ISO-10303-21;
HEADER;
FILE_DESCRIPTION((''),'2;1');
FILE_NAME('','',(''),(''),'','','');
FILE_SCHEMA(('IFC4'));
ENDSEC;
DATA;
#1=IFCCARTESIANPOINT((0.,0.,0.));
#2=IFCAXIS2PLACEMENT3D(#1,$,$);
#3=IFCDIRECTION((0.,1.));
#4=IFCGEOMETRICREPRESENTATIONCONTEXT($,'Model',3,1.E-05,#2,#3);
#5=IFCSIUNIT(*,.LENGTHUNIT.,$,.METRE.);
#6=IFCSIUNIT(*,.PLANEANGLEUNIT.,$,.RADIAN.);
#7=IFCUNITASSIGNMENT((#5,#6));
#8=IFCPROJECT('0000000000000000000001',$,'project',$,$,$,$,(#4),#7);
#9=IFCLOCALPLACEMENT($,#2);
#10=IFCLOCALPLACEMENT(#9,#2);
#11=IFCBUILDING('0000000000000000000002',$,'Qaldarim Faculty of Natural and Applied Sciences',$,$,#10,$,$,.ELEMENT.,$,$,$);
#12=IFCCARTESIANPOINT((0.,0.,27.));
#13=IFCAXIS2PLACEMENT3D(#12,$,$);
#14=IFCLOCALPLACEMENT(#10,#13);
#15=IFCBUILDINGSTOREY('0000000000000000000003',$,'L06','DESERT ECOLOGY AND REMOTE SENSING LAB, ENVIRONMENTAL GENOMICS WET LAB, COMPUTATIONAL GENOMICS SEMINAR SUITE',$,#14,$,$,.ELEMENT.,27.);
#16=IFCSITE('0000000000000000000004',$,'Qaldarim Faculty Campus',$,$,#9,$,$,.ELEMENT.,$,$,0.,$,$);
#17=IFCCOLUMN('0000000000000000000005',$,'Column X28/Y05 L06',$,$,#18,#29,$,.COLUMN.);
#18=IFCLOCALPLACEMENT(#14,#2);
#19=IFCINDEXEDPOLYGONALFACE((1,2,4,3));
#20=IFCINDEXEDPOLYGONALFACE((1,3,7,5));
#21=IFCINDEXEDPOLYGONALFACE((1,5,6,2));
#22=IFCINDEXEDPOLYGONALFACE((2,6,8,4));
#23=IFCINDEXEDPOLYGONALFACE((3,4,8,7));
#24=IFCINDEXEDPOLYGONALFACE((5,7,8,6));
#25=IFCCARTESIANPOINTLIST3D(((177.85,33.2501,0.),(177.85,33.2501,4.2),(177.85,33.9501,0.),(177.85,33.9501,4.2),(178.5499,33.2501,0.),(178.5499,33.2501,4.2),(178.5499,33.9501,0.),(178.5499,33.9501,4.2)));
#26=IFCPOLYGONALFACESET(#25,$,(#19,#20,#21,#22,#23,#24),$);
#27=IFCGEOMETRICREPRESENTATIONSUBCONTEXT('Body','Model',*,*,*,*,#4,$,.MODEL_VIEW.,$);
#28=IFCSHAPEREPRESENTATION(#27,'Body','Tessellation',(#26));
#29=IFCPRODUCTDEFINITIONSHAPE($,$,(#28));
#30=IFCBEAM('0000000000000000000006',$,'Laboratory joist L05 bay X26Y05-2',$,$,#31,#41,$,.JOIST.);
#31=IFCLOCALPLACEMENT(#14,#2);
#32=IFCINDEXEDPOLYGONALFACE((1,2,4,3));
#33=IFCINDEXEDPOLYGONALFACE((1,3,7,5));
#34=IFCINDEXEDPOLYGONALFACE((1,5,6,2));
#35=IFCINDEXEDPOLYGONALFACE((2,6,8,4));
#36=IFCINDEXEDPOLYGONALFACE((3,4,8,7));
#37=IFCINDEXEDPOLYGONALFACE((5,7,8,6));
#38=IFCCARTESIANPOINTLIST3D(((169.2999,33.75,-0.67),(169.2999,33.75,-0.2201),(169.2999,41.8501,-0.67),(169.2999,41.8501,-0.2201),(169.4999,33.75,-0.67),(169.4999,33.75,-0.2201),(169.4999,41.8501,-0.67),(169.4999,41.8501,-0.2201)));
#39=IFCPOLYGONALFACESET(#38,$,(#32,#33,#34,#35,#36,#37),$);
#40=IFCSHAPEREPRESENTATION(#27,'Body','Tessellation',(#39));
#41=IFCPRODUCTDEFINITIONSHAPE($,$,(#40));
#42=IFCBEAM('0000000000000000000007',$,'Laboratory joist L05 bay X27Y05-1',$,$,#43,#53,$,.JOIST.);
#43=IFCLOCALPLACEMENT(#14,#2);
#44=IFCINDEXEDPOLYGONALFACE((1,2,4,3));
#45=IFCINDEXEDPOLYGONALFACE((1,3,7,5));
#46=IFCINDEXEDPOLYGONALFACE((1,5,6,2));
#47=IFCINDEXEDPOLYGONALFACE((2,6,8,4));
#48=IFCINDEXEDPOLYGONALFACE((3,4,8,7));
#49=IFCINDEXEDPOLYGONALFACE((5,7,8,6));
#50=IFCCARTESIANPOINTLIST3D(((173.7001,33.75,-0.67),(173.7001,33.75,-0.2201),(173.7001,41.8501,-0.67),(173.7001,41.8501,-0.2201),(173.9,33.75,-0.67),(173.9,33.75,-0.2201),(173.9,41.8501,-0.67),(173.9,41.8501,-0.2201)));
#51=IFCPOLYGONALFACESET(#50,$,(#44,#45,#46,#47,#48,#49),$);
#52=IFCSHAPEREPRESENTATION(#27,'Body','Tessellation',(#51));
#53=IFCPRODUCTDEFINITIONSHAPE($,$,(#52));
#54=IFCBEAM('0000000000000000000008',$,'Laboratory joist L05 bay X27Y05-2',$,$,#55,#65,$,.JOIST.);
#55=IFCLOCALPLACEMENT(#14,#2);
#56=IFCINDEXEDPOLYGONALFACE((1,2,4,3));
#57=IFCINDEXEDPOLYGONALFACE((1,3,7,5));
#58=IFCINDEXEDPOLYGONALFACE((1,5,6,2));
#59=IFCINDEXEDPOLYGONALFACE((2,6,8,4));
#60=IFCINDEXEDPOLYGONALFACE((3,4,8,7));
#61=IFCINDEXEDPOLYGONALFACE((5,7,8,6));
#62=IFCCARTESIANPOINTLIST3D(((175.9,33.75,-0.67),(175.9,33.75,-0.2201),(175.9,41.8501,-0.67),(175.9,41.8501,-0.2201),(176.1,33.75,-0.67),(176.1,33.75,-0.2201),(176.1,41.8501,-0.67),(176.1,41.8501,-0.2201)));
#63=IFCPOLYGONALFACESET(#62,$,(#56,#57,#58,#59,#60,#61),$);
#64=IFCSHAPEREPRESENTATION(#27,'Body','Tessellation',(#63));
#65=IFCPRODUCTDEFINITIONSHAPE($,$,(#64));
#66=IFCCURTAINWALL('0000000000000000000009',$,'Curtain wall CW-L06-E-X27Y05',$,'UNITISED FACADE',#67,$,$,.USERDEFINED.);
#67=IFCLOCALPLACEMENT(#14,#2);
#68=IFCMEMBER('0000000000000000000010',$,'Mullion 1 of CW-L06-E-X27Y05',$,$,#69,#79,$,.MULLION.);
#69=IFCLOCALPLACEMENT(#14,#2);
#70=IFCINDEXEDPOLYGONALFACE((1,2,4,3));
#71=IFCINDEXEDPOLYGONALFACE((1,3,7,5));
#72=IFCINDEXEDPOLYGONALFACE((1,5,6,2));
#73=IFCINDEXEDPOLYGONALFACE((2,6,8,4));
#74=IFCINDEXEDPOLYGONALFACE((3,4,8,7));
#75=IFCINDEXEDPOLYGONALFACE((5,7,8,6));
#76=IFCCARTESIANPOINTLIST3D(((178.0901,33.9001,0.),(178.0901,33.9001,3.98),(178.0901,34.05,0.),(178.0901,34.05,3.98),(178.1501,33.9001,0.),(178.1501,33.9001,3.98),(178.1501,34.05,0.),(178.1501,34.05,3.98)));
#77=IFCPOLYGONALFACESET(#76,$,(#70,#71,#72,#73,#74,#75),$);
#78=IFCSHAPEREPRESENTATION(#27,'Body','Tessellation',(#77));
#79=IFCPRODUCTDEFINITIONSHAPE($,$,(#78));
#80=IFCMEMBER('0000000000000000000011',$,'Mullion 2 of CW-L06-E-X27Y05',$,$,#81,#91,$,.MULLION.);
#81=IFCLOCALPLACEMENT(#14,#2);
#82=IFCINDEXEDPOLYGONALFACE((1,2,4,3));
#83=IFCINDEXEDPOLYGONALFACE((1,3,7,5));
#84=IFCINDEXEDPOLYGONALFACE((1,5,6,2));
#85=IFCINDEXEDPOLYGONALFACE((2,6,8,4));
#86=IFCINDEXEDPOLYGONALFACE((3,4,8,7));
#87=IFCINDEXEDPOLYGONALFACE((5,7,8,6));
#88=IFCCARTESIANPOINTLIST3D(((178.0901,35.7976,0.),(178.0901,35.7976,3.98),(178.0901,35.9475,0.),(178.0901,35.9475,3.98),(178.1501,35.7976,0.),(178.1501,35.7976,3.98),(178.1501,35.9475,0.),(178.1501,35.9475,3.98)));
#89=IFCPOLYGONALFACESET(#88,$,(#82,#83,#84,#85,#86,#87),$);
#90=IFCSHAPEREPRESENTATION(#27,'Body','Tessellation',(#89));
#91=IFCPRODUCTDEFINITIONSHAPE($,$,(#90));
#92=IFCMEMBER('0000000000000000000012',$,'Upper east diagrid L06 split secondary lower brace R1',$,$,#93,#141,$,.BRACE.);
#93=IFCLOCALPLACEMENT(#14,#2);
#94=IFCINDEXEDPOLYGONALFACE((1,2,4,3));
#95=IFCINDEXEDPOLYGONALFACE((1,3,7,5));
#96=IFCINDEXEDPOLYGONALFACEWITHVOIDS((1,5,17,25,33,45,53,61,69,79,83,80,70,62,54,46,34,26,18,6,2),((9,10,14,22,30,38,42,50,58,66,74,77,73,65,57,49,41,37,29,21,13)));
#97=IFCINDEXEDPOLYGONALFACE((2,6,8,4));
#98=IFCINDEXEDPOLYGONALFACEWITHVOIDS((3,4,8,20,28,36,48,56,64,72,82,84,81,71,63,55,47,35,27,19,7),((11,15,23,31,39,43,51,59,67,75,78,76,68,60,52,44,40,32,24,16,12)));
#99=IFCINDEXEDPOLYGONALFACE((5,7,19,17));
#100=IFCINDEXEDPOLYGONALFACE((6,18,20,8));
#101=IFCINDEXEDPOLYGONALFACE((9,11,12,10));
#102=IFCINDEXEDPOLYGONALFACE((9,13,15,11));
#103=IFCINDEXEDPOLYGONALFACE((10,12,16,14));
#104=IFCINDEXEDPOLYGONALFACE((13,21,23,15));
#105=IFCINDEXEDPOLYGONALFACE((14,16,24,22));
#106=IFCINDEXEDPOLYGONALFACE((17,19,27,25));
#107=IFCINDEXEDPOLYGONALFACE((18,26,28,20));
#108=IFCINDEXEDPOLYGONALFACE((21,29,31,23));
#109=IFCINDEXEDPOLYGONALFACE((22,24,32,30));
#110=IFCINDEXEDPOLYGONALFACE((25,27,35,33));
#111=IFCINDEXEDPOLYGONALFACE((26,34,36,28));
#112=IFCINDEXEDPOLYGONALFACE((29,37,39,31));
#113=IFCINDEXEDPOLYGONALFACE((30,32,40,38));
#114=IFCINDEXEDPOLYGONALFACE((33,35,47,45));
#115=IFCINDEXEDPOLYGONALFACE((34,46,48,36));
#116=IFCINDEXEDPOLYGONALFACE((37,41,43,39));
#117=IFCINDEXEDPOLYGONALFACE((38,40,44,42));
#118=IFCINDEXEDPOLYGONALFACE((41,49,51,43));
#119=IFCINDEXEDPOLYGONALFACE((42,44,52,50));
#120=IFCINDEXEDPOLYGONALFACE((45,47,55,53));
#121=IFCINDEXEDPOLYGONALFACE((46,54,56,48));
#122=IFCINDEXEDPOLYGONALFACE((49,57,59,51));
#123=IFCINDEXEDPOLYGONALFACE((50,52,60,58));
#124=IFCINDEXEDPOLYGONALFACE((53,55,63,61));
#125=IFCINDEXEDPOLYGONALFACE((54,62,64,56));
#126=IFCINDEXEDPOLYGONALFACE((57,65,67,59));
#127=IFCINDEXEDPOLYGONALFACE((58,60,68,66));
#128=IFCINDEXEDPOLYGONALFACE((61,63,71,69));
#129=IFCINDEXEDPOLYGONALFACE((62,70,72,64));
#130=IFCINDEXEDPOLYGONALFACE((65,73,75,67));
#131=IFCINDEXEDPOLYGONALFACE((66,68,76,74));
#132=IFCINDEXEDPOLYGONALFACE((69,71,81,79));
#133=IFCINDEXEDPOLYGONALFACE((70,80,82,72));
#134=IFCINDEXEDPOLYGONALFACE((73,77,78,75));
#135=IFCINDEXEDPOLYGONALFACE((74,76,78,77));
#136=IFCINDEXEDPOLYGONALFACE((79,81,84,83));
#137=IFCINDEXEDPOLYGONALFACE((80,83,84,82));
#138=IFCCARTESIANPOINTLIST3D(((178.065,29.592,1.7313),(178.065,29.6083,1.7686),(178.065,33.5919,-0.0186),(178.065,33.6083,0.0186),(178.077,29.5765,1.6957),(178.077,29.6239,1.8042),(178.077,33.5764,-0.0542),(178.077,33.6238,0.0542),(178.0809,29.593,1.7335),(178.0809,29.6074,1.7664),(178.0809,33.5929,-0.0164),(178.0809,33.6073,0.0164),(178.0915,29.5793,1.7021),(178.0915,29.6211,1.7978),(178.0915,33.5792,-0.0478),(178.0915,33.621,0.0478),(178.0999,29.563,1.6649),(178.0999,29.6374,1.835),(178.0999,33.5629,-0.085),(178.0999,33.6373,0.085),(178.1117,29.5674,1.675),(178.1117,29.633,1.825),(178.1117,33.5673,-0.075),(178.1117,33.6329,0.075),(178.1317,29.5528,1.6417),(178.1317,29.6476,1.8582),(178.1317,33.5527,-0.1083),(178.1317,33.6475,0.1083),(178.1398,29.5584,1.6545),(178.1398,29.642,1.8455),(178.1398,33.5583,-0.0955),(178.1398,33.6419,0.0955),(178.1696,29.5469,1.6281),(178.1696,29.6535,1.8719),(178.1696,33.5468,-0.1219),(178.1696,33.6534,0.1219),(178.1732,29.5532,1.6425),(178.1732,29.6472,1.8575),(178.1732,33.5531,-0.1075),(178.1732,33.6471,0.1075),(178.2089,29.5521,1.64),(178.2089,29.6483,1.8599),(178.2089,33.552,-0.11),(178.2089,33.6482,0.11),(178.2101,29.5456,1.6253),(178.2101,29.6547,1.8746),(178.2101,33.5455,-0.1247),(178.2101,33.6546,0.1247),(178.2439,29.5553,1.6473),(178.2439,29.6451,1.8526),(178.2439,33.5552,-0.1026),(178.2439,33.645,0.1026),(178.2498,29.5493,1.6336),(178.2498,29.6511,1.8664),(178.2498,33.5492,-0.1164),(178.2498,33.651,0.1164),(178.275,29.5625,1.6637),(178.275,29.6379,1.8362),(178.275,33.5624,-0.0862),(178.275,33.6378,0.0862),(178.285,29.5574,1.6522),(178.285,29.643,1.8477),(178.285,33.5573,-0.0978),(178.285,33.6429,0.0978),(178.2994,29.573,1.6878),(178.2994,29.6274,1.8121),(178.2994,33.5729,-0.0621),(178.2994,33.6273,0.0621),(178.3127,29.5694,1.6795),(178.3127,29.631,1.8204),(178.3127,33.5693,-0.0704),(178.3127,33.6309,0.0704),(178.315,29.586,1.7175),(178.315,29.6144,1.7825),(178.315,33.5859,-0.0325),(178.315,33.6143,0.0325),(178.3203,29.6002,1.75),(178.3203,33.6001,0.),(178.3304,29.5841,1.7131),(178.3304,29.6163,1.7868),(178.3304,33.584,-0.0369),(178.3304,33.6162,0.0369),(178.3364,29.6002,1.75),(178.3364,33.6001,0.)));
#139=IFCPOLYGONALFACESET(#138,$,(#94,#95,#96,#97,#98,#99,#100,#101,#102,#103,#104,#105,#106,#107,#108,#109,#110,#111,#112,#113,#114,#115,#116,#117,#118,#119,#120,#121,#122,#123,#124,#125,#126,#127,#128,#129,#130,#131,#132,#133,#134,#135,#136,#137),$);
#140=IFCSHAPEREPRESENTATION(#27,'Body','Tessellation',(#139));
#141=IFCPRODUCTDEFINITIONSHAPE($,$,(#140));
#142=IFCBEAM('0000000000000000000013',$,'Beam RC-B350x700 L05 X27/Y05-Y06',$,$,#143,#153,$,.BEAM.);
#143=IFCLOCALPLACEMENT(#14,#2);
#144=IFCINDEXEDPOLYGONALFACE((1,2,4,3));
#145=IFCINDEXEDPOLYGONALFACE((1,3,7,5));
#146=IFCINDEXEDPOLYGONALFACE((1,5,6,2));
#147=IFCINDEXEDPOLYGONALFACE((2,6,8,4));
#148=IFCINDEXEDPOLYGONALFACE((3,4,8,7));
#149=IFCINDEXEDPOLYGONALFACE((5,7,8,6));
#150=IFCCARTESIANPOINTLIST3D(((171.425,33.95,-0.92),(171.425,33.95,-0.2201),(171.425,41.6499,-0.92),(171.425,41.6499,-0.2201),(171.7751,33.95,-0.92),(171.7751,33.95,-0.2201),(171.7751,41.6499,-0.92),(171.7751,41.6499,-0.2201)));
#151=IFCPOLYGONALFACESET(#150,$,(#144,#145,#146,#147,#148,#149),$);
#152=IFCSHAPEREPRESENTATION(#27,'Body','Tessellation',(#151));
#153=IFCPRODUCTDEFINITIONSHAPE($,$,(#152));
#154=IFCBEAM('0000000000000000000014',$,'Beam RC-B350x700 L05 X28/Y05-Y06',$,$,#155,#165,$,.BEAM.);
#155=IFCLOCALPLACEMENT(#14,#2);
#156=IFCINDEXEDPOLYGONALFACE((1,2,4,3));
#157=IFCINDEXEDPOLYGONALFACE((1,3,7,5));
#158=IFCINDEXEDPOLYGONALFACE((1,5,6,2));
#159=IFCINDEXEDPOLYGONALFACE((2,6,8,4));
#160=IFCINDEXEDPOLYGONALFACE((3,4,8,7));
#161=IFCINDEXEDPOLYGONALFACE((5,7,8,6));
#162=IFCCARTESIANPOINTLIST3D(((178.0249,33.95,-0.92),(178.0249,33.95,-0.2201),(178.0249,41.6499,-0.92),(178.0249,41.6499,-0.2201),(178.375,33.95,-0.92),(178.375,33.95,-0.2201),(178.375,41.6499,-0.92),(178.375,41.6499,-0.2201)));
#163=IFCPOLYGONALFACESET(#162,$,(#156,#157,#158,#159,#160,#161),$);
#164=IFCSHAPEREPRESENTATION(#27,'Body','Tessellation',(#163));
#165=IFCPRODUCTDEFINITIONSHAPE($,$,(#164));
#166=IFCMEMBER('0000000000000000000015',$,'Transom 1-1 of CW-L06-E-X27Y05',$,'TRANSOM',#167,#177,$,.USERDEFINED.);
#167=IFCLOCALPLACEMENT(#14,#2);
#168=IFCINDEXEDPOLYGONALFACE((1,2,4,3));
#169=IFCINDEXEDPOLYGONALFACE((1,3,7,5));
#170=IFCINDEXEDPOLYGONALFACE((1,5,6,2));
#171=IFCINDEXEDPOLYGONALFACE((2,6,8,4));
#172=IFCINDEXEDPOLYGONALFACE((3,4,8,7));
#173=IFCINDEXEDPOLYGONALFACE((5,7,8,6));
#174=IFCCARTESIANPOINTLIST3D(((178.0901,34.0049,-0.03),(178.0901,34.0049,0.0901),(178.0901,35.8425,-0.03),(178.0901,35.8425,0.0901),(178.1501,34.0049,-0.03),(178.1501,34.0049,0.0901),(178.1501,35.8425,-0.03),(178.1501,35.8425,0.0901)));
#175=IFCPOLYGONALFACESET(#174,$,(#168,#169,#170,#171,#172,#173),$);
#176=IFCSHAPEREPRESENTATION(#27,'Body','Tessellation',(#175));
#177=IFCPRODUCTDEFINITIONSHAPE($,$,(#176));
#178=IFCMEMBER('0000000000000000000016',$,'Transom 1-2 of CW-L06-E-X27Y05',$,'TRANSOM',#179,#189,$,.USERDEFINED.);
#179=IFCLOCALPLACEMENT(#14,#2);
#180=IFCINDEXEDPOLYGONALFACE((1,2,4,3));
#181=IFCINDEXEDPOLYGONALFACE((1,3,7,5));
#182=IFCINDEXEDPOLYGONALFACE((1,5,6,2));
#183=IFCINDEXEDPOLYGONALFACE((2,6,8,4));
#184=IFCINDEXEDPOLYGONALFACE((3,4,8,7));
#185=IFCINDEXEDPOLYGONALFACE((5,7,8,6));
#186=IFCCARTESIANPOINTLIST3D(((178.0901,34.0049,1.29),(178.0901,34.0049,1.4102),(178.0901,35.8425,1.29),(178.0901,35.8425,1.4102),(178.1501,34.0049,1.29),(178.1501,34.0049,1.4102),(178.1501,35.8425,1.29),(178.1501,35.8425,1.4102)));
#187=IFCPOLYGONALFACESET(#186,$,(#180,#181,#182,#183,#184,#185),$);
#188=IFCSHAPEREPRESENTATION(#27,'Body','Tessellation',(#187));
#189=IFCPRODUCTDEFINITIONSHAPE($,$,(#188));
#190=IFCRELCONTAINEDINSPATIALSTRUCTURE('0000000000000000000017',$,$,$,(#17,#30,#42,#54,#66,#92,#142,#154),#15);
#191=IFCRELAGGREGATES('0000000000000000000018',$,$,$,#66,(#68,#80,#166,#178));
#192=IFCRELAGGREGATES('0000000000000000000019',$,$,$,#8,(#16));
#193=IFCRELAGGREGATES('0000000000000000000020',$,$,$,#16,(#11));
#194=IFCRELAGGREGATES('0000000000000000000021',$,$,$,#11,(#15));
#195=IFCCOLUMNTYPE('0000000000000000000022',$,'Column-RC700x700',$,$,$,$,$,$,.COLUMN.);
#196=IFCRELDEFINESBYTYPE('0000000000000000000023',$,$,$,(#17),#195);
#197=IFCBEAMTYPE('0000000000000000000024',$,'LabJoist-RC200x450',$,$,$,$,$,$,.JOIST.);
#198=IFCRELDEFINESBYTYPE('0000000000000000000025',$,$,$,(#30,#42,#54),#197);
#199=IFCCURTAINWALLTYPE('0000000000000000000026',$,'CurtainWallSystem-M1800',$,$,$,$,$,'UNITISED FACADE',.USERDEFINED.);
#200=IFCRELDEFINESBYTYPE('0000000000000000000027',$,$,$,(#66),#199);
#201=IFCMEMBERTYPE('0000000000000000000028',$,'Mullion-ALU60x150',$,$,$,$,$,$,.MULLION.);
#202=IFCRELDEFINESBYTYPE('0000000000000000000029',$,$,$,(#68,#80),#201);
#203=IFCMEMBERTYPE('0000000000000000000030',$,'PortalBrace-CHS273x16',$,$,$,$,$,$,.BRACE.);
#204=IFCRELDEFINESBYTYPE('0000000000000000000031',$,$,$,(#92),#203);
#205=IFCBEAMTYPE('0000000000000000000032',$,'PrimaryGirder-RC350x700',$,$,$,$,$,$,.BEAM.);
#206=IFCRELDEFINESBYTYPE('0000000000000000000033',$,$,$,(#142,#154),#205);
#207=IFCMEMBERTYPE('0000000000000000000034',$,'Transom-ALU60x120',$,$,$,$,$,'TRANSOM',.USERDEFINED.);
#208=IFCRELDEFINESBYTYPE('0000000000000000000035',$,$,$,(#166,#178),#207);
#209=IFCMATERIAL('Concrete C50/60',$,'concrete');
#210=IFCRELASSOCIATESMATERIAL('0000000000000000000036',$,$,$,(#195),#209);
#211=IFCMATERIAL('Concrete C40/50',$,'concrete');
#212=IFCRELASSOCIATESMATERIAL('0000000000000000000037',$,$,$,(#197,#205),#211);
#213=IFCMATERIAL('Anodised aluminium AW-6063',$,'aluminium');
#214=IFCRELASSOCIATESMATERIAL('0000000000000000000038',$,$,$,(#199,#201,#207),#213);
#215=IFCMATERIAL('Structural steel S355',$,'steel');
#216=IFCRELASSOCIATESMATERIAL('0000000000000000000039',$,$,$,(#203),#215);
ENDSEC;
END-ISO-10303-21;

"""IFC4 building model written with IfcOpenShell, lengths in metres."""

from ifc_helpers import new_model, si_unit, direction, frame, origin, origin_2d, place, context, subcontext, project, spatial, rectangle, hollow_circle, extrude, material, material_profile, profile_set, type_object, element, aggregate, save


model = new_model("IFC4")

# Units and contexts
model_context = context("Model", 3, precision=1e-05, world=origin(), true_north=direction((0.0, 1.0)))
body_context = subcontext(model_context, "Body", "Model", "MODEL_VIEW")
ifc_project = project(units=[si_unit("LENGTHUNIT", "METRE"), si_unit("PLANEANGLEUNIT", "RADIAN")], contexts=[model_context])

# Site, building, storey
site_placement = place(None, origin())
site = spatial("IfcSite", under=ifc_project, at=site_placement, Name="Qaldarim Faculty Campus", CompositionType="ELEMENT", RefElevation=0.0)
building_placement = place(site_placement, origin())
building = spatial("IfcBuilding", under=site, at=building_placement, Name="Qaldarim Faculty of Natural and Applied Sciences", CompositionType="ELEMENT")
storey_placement = place(building_placement, frame((0.0, 0.0, 27.0)))
storey = spatial("IfcBuildingStorey", under=building, at=storey_placement, Name="L06", Description="DESERT ECOLOGY AND REMOTE SENSING LAB, ENVIRONMENTAL GENOMICS WET LAB, COMPUTATIONAL GENOMICS SEMINAR SUITE", CompositionType="ELEMENT", Elevation=27.0)

# Column
ifc_material_1 = material(Name="Concrete C50/60", Category="concrete")
ifc_material_profile_1 = material_profile(ifc_material_1, rectangle(XDim=0.7, YDim=0.7, at=origin_2d()), Name="RC-C700x700")
ifc_profile_set_1 = profile_set([ifc_material_profile_1], Name="Concrete C50/60")
column_type = type_object("IfcColumnType", Name="Column-RC700x700", PredefinedType="COLUMN", material=ifc_profile_set_1)
column_placement = place(storey_placement, frame((178.2, 33.6001, 0.0), z_axis=(0.0, 0.0, 1.0), x_axis=(1.0, 0.0, 0.0)))
element("IfcColumn", 1, at=column_placement, inside=storey, type_object=column_type, Name="Column X28/Y05 L06", PredefinedType="COLUMN", context=body_context, shape_type="SweptSolid", body=[
    extrude(rectangle(XDim=0.7, YDim=0.7, at=origin_2d()), origin(), (0.0, 0.0, 1.0), 4.2),
])

# Beams
ifc_material_2 = material(Name="Concrete C40/50", Category="concrete")
ifc_material_profile_2 = material_profile(ifc_material_2, rectangle(XDim=0.2, YDim=0.45, at=origin_2d()), Name="RC-J200x450")
ifc_profile_set_2 = profile_set([ifc_material_profile_2], Name="Concrete C40/50")
beam_type_1 = type_object("IfcBeamType", Name="LabJoist-RC200x450", PredefinedType="JOIST", material=ifc_profile_set_2)
for number, where, z_axis, x_axis, name in (
    (2, (169.3999, 33.75, -0.4451), (0.0, 1.0, 0.0), (-1.0, 0.0, 0.0), "Laboratory joist L05 bay X26Y05-2"),
    (3, (173.8, 33.75, -0.4451), (0.0, 1.0, 0.0), (-1.0, 0.0, 0.0), "Laboratory joist L05 bay X27Y05-1"),
    (4, (176.0, 33.75, -0.4451), (0.0, 1.0, 0.0), (-1.0, 0.0, 0.0), "Laboratory joist L05 bay X27Y05-2"),
):
    element("IfcBeam", number, at=place(storey_placement, frame(where, z_axis=z_axis, x_axis=x_axis)), inside=storey, type_object=beam_type_1, Name=name, PredefinedType="JOIST", context=body_context, shape_type="SweptSolid", body=[
        extrude(rectangle(XDim=0.2, YDim=0.45, at=origin_2d()), origin(), (0.0, 0.0, 1.0), 8.1001),
    ])

# Curtain wall, members
ifc_material_3 = material(Name="Anodised aluminium AW-6063", Category="aluminium")
curtain_wall_type = type_object("IfcCurtainWallType", Name="CurtainWallSystem-M1800", ElementType="UNITISED FACADE", PredefinedType="USERDEFINED", material=ifc_material_3)
curtain_wall_placement = place(storey_placement, origin())
curtain_wall = element("IfcCurtainWall", 5, at=curtain_wall_placement, inside=storey, type_object=curtain_wall_type, Name="Curtain wall CW-L06-E-X27Y05", ObjectType="UNITISED FACADE", PredefinedType="USERDEFINED")
ifc_material_profile_3 = material_profile(ifc_material_3, rectangle(XDim=0.0601, YDim=0.1499, at=origin_2d()), Name="ALU-M60x150")
ifc_profile_set_3 = profile_set([ifc_material_profile_3], Name="Anodised aluminium AW-6063")
member_type_1 = type_object("IfcMemberType", Name="Mullion-ALU60x150", PredefinedType="MULLION", material=ifc_profile_set_3)
member_1_placement = place(storey_placement, frame((178.1201, 33.9751, 0.0), z_axis=(0.0, 0.0, 1.0), x_axis=(-1.0, 0.0, 0.0)))
member_1 = element("IfcMember", 6, at=member_1_placement, type_object=member_type_1, Name="Mullion 1 of CW-L06-E-X27Y05", PredefinedType="MULLION", context=body_context, shape_type="SweptSolid", body=[
    extrude(rectangle(XDim=0.0601, YDim=0.1499, at=origin_2d()), origin(), (0.0, 0.0, 1.0), 3.98),
])
member_2_placement = place(storey_placement, frame((178.1201, 35.8726, 0.0), z_axis=(0.0, 0.0, 1.0), x_axis=(-1.0, 0.0, 0.0)))
member_2 = element("IfcMember", 7, at=member_2_placement, type_object=member_type_1, Name="Mullion 2 of CW-L06-E-X27Y05", PredefinedType="MULLION", context=body_context, shape_type="SweptSolid", body=[
    extrude(rectangle(XDim=0.0601, YDim=0.1499, at=origin_2d()), origin(), (0.0, 0.0, 1.0), 3.98),
])

# Member
ifc_material_4 = material(Name="Structural steel S355", Category="steel")
ifc_material_profile_4 = material_profile(ifc_material_4, hollow_circle(Radius=0.1365, WallThickness=0.0161, at=origin_2d()), Name="CHS 273.0x16.0")
ifc_profile_set_4 = profile_set([ifc_material_profile_4], Name="Structural steel S355")
member_type_2 = type_object("IfcMemberType", Name="PortalBrace-CHS273x16", PredefinedType="BRACE", material=ifc_profile_set_4)
member_3_placement = place(storey_placement, frame((178.2, 33.6001, 0.0), z_axis=(0.0, -0.916157, 0.400819), x_axis=(1.0, 0.0, 0.0)))
element("IfcMember", 8, at=member_3_placement, inside=storey, type_object=member_type_2, Name="Upper east diagrid L06 split secondary lower brace R1", PredefinedType="BRACE", context=body_context, shape_type="SweptSolid", body=[
    extrude(hollow_circle(Radius=0.1365, WallThickness=0.0161, at=origin_2d()), origin(), (0.0, 0.0, 1.0), 4.366),
])

# Beams
ifc_material_profile_5 = material_profile(ifc_material_2, rectangle(XDim=0.3501, YDim=0.7, at=origin_2d()), Name="RC-B350x700")
ifc_profile_set_5 = profile_set([ifc_material_profile_5], Name="Concrete C40/50")
beam_type_2 = type_object("IfcBeamType", Name="PrimaryGirder-RC350x700", PredefinedType="BEAM", material=ifc_profile_set_5)
for number, where, z_axis, x_axis, name in (
    (9, (171.6001, 33.95, -0.5701), (0.0, 1.0, 0.0), (-1.0, 0.0, 0.0), "Beam RC-B350x700 L05 X27/Y05-Y06"),
    (10, (178.2, 33.95, -0.5701), (0.0, 1.0, 0.0), (-1.0, 0.0, 0.0), "Beam RC-B350x700 L05 X28/Y05-Y06"),
):
    element("IfcBeam", number, at=place(storey_placement, frame(where, z_axis=z_axis, x_axis=x_axis)), inside=storey, type_object=beam_type_2, Name=name, PredefinedType="BEAM", context=body_context, shape_type="SweptSolid", body=[
        extrude(rectangle(XDim=0.3501, YDim=0.7, at=origin_2d()), origin(), (0.0, 0.0, 1.0), 7.7),
    ])

# Members
ifc_material_profile_6 = material_profile(ifc_material_3, rectangle(XDim=0.0601, YDim=0.1201, at=origin_2d()), Name="ALU-T60x120")
ifc_profile_set_6 = profile_set([ifc_material_profile_6], Name="Anodised aluminium AW-6063")
member_type_3 = type_object("IfcMemberType", Name="Transom-ALU60x120", ElementType="TRANSOM", PredefinedType="USERDEFINED", material=ifc_profile_set_6)
member_4_placement = place(storey_placement, frame((178.1201, 34.0049, 0.03), z_axis=(0.0, 1.0, 0.0), x_axis=(-1.0, 0.0, 0.0)))
member_4 = element("IfcMember", 11, at=member_4_placement, type_object=member_type_3, Name="Transom 1-1 of CW-L06-E-X27Y05", ObjectType="TRANSOM", PredefinedType="USERDEFINED", context=body_context, shape_type="SweptSolid", body=[
    extrude(rectangle(XDim=0.0601, YDim=0.1201, at=origin_2d()), origin(), (0.0, 0.0, 1.0), 1.8376),
])
member_5_placement = place(storey_placement, frame((178.1201, 34.0049, 1.3501), z_axis=(0.0, 1.0, 0.0), x_axis=(-1.0, 0.0, 0.0)))
member_5 = element("IfcMember", 12, at=member_5_placement, type_object=member_type_3, Name="Transom 1-2 of CW-L06-E-X27Y05", ObjectType="TRANSOM", PredefinedType="USERDEFINED", context=body_context, shape_type="SweptSolid", body=[
    extrude(rectangle(XDim=0.0601, YDim=0.1201, at=origin_2d()), origin(), (0.0, 0.0, 1.0), 1.8376),
])

aggregate(curtain_wall, [member_1, member_2, member_4, member_5])

save(model, "model.ifc")
